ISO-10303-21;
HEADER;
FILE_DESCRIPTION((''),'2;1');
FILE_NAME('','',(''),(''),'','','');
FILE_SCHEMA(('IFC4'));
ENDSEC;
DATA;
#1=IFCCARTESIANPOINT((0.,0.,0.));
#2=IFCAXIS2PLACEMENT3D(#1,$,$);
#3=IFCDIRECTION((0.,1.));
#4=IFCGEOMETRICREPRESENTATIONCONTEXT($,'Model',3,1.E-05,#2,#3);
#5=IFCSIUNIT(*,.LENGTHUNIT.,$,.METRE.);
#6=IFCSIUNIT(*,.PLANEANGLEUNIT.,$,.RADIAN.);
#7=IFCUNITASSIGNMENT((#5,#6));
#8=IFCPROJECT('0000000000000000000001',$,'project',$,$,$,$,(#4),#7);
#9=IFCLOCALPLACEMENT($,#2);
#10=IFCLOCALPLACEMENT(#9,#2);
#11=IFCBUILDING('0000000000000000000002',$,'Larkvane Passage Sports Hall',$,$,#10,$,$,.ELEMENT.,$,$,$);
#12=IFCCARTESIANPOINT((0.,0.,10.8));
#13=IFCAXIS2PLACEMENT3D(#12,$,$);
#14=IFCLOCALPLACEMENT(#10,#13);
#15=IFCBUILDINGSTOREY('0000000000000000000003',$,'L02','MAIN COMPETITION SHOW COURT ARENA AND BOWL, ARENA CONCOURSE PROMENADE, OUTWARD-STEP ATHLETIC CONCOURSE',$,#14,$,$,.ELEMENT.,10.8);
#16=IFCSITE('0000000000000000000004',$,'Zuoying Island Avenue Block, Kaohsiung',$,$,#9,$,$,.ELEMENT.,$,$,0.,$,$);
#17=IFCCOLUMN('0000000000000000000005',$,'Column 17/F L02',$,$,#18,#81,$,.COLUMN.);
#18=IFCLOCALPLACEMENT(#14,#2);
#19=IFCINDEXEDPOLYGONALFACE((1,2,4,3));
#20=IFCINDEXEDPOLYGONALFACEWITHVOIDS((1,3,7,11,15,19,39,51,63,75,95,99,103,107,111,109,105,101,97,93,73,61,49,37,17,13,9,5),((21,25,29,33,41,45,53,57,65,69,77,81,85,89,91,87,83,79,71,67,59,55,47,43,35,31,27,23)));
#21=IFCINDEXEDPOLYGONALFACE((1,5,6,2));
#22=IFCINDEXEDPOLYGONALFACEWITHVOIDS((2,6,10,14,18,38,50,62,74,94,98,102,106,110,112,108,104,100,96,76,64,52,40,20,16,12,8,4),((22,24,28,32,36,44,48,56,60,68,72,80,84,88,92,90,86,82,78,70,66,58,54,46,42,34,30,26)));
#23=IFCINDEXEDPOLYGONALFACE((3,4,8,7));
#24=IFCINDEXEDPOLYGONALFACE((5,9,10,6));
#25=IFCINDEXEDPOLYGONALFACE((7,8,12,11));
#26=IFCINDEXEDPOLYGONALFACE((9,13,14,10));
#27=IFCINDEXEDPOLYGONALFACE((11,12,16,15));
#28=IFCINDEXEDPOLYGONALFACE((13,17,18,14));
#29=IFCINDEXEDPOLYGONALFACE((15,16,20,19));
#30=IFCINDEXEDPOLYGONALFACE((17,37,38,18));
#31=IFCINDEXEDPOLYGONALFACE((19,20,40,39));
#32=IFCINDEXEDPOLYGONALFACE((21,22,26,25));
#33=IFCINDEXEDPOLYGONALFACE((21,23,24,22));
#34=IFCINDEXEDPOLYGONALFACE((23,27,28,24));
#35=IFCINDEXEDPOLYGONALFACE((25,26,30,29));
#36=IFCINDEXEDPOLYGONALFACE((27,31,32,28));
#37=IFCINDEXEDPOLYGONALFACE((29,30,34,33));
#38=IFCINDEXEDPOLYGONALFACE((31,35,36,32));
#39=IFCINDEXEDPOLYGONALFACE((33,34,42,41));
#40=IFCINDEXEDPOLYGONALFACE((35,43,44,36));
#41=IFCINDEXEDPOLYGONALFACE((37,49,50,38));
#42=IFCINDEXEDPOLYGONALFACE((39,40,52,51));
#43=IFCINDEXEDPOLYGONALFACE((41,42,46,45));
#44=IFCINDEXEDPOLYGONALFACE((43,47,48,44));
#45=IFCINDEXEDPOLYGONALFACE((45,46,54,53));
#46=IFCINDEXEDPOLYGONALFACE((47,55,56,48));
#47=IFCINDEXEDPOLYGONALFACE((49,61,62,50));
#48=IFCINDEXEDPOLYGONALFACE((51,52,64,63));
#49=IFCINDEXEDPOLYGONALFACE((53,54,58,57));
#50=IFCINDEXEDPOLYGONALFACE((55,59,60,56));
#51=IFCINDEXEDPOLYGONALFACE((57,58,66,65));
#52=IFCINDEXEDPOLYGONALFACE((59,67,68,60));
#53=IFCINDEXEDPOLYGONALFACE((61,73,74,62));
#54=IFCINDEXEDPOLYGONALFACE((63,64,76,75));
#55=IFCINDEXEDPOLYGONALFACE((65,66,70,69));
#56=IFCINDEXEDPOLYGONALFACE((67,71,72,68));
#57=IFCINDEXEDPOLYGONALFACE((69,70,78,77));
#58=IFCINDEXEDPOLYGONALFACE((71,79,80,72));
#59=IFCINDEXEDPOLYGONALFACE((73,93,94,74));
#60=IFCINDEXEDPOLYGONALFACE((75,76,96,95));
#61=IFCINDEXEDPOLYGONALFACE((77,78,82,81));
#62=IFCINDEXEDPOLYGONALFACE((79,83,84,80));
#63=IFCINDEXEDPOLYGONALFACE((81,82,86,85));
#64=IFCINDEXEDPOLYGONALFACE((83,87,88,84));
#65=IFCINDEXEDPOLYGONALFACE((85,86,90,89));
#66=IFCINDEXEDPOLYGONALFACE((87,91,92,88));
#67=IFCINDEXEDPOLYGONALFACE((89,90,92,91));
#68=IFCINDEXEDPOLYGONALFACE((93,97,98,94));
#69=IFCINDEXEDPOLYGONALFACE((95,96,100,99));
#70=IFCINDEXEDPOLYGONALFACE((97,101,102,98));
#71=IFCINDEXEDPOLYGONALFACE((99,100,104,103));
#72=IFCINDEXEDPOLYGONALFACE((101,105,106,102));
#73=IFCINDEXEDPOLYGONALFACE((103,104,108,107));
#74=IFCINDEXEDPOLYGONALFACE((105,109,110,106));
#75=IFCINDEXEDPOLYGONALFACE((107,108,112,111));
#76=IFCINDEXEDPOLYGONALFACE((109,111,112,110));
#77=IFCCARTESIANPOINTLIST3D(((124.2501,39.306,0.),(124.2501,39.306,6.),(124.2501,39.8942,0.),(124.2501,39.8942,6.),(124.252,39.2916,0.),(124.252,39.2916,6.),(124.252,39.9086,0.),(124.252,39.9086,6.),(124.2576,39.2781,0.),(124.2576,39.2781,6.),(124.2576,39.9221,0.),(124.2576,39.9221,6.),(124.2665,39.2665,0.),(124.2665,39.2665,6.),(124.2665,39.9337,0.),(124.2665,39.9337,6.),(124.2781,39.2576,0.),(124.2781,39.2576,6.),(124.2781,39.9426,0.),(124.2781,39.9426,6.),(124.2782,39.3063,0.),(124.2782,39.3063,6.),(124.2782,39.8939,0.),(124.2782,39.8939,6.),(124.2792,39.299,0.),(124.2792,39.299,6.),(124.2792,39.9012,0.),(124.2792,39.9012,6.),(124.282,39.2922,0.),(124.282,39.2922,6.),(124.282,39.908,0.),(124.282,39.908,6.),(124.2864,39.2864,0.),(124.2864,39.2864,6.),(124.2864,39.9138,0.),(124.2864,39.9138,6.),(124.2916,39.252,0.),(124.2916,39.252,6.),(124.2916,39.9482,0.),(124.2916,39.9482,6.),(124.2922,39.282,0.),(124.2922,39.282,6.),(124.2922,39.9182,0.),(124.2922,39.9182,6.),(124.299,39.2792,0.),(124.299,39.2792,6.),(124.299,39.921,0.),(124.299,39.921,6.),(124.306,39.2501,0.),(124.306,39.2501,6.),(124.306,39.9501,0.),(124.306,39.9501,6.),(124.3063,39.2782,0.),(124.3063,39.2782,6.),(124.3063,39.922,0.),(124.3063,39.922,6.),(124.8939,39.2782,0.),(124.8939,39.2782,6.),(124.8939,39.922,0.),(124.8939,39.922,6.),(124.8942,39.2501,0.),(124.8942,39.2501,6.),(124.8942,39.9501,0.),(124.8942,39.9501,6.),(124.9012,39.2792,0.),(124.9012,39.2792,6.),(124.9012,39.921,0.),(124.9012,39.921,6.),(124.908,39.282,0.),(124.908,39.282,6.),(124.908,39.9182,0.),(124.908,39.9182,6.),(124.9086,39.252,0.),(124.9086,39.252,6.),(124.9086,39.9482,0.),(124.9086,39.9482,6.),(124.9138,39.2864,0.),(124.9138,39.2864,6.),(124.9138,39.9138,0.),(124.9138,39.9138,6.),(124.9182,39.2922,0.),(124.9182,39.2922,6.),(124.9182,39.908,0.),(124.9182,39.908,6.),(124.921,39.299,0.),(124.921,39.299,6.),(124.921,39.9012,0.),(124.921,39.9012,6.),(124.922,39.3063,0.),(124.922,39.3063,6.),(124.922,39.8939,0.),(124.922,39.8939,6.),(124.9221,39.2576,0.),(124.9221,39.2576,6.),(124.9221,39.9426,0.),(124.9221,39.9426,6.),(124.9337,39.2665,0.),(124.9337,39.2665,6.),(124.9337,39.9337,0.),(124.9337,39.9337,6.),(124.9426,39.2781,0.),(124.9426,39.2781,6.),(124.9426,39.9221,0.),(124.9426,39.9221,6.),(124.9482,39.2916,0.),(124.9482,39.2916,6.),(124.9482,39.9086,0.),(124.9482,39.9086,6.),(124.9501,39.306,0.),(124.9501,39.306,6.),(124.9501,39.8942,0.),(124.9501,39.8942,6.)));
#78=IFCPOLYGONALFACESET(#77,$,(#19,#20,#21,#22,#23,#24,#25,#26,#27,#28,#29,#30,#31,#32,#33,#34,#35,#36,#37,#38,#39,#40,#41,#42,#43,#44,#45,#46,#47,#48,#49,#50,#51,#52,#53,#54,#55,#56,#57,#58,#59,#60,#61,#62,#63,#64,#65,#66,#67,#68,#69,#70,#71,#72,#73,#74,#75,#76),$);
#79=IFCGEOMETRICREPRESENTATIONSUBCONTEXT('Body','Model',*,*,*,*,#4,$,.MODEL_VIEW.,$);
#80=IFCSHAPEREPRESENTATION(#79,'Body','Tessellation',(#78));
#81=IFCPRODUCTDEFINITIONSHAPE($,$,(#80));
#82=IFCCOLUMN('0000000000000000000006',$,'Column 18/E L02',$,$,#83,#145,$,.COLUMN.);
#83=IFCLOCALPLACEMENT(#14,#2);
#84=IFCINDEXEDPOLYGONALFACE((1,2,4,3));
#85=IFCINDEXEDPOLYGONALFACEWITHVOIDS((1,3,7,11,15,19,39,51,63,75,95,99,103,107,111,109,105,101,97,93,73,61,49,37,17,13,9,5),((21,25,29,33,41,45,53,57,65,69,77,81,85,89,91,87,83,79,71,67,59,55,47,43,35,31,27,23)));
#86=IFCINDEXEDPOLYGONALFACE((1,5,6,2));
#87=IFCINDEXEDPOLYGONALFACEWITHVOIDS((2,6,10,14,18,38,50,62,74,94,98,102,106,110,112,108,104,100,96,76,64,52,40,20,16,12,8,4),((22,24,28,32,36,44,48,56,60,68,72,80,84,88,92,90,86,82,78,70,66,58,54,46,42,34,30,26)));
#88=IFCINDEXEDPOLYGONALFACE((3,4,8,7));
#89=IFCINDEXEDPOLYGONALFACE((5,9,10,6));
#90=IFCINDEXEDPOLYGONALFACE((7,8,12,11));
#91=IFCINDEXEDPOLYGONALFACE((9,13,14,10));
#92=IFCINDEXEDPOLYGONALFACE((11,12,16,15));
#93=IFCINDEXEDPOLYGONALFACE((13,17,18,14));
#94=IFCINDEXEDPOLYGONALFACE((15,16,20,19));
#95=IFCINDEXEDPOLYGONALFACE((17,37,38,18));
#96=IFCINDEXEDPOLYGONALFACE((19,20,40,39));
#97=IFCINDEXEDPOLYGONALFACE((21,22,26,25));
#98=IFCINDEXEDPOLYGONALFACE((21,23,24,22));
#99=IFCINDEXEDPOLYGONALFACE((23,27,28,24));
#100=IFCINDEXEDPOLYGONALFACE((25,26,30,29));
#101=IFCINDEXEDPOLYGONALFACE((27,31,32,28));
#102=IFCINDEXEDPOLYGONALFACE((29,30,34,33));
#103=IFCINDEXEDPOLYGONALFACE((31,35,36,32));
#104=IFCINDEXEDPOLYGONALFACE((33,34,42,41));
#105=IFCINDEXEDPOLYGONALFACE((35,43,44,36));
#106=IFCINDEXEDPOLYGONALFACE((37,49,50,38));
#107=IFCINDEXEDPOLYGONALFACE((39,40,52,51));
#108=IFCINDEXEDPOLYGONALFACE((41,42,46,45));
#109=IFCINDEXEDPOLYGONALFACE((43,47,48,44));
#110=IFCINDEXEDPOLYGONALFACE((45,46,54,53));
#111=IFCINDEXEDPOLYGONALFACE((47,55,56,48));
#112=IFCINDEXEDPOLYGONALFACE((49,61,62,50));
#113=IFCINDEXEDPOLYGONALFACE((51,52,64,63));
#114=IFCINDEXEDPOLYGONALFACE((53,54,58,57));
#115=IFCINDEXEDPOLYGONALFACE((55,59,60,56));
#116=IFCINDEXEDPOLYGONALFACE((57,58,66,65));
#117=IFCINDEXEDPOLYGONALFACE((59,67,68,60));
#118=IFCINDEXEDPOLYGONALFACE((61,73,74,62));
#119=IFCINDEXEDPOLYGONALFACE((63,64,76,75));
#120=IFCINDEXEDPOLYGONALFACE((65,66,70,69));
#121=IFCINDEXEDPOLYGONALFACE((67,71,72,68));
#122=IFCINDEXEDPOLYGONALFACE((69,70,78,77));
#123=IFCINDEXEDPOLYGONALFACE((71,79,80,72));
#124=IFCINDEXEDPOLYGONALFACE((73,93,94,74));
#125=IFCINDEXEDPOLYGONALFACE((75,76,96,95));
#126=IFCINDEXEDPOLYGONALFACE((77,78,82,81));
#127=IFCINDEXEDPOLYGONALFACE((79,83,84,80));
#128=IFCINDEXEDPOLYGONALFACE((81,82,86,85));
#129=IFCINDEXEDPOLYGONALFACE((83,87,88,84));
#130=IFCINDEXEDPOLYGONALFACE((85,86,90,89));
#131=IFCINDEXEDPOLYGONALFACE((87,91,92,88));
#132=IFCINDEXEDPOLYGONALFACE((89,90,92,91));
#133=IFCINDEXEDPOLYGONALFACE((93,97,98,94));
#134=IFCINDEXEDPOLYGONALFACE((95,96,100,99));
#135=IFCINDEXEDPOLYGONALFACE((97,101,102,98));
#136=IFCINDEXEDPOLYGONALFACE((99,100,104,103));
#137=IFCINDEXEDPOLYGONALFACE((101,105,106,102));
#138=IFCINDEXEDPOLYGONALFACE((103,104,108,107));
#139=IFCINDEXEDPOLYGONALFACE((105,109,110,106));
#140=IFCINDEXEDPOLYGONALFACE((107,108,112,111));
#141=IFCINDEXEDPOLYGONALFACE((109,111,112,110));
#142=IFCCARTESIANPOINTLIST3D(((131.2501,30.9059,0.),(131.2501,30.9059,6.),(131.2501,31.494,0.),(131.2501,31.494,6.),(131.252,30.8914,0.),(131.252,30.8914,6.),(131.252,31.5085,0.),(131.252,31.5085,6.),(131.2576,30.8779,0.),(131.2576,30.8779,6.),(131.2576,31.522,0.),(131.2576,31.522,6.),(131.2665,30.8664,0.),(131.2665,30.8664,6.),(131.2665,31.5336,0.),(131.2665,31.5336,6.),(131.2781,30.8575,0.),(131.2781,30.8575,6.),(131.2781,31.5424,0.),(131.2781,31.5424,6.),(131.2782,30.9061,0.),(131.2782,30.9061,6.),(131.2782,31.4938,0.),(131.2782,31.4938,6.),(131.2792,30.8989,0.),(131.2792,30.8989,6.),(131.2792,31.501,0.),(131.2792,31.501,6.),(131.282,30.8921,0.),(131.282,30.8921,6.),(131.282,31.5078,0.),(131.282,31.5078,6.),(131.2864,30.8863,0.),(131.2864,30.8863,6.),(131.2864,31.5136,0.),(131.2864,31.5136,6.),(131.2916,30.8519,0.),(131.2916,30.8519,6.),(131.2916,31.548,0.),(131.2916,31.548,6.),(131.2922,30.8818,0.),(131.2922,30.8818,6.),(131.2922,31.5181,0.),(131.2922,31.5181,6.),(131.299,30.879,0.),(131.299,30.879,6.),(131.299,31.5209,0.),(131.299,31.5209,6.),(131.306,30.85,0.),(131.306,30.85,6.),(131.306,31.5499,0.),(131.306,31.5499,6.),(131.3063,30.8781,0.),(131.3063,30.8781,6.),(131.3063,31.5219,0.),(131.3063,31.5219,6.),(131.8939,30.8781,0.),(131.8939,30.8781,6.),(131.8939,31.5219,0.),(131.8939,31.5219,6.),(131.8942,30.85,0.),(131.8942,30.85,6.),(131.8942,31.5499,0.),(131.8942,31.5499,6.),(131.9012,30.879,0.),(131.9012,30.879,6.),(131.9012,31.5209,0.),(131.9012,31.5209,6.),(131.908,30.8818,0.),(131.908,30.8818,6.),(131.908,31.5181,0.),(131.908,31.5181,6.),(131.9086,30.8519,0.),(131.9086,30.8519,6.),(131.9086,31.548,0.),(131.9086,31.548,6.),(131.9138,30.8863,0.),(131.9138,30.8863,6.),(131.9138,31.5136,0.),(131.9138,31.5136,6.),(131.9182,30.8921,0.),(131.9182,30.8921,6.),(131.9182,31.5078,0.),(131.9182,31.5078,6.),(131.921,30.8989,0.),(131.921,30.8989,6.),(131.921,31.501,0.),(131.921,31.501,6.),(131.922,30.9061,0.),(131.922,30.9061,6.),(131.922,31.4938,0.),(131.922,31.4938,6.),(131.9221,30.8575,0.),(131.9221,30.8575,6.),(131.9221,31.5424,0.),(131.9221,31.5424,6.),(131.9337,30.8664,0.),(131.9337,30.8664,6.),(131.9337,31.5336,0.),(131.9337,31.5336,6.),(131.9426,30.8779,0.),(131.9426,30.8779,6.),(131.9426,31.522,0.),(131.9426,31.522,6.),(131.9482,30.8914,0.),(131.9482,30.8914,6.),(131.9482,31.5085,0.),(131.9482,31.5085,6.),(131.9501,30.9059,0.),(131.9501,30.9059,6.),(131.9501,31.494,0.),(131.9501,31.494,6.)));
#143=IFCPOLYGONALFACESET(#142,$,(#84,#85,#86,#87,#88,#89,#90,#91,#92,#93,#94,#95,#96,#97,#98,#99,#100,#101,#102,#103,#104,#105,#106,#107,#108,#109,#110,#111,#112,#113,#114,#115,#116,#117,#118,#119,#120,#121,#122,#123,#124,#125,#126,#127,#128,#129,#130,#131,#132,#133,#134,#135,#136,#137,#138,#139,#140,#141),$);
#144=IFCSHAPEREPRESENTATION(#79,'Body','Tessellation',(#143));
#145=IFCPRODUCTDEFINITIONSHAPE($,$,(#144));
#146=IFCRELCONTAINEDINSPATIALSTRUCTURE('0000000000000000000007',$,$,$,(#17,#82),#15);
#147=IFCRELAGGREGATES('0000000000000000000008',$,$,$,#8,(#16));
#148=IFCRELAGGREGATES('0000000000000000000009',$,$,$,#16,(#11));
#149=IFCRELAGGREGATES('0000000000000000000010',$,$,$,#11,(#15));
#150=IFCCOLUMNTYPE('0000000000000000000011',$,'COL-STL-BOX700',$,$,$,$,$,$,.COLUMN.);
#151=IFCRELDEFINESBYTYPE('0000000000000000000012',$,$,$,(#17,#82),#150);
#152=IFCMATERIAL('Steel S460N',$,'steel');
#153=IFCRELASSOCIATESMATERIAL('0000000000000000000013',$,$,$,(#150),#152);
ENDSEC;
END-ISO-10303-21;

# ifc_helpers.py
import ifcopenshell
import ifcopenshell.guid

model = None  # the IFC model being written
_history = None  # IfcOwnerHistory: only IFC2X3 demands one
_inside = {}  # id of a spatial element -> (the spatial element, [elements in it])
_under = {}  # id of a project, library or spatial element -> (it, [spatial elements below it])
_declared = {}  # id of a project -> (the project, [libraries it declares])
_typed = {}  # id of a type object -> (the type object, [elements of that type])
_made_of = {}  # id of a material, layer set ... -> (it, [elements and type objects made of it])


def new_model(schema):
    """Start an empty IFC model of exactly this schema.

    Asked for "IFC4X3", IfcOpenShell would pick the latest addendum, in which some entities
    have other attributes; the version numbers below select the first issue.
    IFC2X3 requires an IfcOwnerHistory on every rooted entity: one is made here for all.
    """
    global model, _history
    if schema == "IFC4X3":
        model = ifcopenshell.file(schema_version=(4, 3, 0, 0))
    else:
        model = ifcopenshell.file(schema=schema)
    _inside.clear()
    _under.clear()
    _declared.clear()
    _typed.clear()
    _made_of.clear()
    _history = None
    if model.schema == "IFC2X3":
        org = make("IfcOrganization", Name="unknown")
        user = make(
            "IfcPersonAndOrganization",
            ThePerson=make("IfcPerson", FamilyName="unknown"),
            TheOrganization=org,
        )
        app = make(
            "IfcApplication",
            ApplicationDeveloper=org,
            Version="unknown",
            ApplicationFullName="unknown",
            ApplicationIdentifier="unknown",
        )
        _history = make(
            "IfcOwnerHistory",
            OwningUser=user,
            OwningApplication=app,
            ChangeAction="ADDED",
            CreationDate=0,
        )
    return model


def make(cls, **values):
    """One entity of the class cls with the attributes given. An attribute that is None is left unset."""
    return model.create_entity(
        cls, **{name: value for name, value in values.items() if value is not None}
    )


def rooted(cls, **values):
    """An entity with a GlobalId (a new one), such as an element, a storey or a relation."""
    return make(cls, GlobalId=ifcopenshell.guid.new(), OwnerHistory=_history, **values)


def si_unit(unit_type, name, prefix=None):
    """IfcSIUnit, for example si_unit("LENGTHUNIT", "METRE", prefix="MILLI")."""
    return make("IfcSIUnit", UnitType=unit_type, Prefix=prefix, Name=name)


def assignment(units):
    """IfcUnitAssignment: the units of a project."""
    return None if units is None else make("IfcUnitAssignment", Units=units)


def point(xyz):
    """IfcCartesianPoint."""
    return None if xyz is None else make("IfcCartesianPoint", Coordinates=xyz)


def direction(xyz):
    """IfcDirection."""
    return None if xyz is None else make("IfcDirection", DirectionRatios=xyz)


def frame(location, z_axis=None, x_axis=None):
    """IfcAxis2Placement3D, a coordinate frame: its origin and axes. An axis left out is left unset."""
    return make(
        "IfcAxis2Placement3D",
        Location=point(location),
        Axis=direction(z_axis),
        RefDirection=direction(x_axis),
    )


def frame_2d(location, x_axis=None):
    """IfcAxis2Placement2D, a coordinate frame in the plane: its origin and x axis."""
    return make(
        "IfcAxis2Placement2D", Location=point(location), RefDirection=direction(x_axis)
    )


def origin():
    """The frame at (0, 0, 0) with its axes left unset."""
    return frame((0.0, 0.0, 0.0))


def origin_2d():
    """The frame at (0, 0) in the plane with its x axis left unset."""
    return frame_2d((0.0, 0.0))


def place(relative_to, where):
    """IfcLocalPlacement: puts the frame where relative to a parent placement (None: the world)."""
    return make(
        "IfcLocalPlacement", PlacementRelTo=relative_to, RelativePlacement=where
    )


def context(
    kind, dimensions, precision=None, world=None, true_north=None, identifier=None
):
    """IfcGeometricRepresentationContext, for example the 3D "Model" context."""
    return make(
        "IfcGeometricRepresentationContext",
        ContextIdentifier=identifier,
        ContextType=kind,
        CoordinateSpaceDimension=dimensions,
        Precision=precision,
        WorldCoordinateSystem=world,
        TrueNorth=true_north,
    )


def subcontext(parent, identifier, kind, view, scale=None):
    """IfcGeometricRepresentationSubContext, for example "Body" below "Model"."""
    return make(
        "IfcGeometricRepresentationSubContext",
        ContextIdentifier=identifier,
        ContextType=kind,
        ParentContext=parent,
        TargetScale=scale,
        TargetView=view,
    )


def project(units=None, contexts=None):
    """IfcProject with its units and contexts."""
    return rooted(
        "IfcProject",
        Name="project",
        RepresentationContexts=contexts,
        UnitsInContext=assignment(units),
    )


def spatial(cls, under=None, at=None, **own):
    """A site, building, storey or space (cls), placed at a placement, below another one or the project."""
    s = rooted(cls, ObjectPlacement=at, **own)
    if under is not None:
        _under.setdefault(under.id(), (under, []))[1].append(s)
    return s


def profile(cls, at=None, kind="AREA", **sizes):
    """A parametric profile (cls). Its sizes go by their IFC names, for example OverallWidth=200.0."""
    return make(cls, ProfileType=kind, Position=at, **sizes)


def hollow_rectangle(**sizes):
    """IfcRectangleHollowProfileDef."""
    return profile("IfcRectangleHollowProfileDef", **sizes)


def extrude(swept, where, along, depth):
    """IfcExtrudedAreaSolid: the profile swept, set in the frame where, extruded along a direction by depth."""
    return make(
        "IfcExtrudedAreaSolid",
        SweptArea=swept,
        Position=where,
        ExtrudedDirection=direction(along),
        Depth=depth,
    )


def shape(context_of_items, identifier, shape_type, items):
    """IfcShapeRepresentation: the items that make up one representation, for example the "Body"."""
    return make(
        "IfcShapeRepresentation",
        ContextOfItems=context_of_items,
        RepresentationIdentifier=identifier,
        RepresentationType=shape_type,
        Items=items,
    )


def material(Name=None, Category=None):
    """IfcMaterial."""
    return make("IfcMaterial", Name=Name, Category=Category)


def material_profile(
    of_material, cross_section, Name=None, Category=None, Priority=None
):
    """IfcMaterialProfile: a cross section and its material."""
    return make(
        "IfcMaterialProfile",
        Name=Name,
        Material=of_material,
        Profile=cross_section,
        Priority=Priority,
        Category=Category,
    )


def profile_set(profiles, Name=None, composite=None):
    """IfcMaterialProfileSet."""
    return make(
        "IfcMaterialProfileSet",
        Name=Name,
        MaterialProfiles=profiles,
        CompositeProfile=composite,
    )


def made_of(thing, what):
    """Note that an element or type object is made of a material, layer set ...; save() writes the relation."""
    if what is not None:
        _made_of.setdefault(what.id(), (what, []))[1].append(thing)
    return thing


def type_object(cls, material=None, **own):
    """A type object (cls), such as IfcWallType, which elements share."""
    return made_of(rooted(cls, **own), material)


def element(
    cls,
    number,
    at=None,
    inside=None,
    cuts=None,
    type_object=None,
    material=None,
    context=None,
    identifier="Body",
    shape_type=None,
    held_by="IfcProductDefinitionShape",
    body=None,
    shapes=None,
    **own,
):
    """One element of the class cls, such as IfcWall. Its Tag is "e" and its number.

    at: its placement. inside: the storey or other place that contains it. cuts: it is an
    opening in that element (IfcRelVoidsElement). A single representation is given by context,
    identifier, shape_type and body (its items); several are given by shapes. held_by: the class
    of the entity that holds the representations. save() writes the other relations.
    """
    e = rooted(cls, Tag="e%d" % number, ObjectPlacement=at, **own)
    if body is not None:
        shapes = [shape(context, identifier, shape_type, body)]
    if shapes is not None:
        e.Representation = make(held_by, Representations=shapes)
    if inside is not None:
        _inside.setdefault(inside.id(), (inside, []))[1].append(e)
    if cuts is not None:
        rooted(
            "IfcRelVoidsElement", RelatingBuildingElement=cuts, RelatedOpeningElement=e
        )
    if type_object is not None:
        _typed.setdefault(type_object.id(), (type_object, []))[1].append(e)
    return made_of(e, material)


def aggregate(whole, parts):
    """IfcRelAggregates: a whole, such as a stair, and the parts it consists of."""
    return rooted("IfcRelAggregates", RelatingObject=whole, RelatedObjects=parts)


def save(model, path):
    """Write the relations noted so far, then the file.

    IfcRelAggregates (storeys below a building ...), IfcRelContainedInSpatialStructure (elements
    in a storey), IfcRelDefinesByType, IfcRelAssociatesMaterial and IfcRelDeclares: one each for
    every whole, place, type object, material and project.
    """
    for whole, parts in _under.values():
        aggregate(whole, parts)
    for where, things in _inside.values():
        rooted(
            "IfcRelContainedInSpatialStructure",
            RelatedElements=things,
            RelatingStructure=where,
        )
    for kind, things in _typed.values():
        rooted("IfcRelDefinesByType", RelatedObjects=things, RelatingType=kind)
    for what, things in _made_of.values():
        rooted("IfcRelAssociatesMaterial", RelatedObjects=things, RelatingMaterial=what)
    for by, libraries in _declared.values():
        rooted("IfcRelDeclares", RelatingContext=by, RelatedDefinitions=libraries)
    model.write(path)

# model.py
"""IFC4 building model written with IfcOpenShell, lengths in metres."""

from ifc_helpers import new_model, si_unit, direction, frame, origin, origin_2d, place, context, subcontext, project, spatial, hollow_rectangle, extrude, material, material_profile, profile_set, type_object, element, save


model = new_model("IFC4")

# Units and contexts
model_context = context("Model", 3, precision=1e-05, world=origin(), true_north=direction((0.0, 1.0)))
body_context = subcontext(model_context, "Body", "Model", "MODEL_VIEW")
ifc_project = project(units=[si_unit("LENGTHUNIT", "METRE"), si_unit("PLANEANGLEUNIT", "RADIAN")], contexts=[model_context])

# Site, building, storey
site_placement = place(None, origin())
site = spatial("IfcSite", under=ifc_project, at=site_placement, Name="Zuoying Island Avenue Block, Kaohsiung", CompositionType="ELEMENT", RefElevation=0.0)
building_placement = place(site_placement, origin())
building = spatial("IfcBuilding", under=site, at=building_placement, Name="Larkvane Passage Sports Hall", CompositionType="ELEMENT")
storey_placement = place(building_placement, frame((0.0, 0.0, 10.8)))
storey = spatial("IfcBuildingStorey", under=building, at=storey_placement, Name="L02", Description="MAIN COMPETITION SHOW COURT ARENA AND BOWL, ARENA CONCOURSE PROMENADE, OUTWARD-STEP ATHLETIC CONCOURSE", CompositionType="ELEMENT", Elevation=10.8)

# Columns
ifc_material_1 = material(Name="Steel S460N", Category="steel")
ifc_material_profile_1 = material_profile(ifc_material_1, hollow_rectangle(XDim=0.7, YDim=0.7, WallThickness=0.0281, InnerFilletRadius=0.0281, OuterFilletRadius=0.0559, at=origin_2d()), Name="BOX-700x700x28")
ifc_profile_set_1 = profile_set([ifc_material_profile_1], Name="Steel S460N")
column_type_1 = type_object("IfcColumnType", Name="COL-STL-BOX700", PredefinedType="COLUMN", material=ifc_profile_set_1)
for number, where, z_axis, x_axis, name in (
    (1, (124.6001, 39.6001, 0.0), (0.0, 0.0, 1.0), (1.0, 0.0, 0.0), "Column 17/F L02"),
    (2, (131.6001, 31.2, 0.0), (0.0, 0.0, 1.0), (1.0, 0.0, 0.0), "Column 18/E L02"),
):
    element("IfcColumn", number, at=place(storey_placement, frame(where, z_axis=z_axis, x_axis=x_axis)), inside=storey, type_object=column_type_1, Name=name, PredefinedType="COLUMN", context=body_context, shape_type="SweptSolid", body=[
        extrude(hollow_rectangle(XDim=0.7, YDim=0.7, WallThickness=0.0281, InnerFilletRadius=0.0281, OuterFilletRadius=0.0559, at=origin_2d()), origin(), (0.0, 0.0, 1.0), 6.0),
    ])

save(model, "model.ifc")
